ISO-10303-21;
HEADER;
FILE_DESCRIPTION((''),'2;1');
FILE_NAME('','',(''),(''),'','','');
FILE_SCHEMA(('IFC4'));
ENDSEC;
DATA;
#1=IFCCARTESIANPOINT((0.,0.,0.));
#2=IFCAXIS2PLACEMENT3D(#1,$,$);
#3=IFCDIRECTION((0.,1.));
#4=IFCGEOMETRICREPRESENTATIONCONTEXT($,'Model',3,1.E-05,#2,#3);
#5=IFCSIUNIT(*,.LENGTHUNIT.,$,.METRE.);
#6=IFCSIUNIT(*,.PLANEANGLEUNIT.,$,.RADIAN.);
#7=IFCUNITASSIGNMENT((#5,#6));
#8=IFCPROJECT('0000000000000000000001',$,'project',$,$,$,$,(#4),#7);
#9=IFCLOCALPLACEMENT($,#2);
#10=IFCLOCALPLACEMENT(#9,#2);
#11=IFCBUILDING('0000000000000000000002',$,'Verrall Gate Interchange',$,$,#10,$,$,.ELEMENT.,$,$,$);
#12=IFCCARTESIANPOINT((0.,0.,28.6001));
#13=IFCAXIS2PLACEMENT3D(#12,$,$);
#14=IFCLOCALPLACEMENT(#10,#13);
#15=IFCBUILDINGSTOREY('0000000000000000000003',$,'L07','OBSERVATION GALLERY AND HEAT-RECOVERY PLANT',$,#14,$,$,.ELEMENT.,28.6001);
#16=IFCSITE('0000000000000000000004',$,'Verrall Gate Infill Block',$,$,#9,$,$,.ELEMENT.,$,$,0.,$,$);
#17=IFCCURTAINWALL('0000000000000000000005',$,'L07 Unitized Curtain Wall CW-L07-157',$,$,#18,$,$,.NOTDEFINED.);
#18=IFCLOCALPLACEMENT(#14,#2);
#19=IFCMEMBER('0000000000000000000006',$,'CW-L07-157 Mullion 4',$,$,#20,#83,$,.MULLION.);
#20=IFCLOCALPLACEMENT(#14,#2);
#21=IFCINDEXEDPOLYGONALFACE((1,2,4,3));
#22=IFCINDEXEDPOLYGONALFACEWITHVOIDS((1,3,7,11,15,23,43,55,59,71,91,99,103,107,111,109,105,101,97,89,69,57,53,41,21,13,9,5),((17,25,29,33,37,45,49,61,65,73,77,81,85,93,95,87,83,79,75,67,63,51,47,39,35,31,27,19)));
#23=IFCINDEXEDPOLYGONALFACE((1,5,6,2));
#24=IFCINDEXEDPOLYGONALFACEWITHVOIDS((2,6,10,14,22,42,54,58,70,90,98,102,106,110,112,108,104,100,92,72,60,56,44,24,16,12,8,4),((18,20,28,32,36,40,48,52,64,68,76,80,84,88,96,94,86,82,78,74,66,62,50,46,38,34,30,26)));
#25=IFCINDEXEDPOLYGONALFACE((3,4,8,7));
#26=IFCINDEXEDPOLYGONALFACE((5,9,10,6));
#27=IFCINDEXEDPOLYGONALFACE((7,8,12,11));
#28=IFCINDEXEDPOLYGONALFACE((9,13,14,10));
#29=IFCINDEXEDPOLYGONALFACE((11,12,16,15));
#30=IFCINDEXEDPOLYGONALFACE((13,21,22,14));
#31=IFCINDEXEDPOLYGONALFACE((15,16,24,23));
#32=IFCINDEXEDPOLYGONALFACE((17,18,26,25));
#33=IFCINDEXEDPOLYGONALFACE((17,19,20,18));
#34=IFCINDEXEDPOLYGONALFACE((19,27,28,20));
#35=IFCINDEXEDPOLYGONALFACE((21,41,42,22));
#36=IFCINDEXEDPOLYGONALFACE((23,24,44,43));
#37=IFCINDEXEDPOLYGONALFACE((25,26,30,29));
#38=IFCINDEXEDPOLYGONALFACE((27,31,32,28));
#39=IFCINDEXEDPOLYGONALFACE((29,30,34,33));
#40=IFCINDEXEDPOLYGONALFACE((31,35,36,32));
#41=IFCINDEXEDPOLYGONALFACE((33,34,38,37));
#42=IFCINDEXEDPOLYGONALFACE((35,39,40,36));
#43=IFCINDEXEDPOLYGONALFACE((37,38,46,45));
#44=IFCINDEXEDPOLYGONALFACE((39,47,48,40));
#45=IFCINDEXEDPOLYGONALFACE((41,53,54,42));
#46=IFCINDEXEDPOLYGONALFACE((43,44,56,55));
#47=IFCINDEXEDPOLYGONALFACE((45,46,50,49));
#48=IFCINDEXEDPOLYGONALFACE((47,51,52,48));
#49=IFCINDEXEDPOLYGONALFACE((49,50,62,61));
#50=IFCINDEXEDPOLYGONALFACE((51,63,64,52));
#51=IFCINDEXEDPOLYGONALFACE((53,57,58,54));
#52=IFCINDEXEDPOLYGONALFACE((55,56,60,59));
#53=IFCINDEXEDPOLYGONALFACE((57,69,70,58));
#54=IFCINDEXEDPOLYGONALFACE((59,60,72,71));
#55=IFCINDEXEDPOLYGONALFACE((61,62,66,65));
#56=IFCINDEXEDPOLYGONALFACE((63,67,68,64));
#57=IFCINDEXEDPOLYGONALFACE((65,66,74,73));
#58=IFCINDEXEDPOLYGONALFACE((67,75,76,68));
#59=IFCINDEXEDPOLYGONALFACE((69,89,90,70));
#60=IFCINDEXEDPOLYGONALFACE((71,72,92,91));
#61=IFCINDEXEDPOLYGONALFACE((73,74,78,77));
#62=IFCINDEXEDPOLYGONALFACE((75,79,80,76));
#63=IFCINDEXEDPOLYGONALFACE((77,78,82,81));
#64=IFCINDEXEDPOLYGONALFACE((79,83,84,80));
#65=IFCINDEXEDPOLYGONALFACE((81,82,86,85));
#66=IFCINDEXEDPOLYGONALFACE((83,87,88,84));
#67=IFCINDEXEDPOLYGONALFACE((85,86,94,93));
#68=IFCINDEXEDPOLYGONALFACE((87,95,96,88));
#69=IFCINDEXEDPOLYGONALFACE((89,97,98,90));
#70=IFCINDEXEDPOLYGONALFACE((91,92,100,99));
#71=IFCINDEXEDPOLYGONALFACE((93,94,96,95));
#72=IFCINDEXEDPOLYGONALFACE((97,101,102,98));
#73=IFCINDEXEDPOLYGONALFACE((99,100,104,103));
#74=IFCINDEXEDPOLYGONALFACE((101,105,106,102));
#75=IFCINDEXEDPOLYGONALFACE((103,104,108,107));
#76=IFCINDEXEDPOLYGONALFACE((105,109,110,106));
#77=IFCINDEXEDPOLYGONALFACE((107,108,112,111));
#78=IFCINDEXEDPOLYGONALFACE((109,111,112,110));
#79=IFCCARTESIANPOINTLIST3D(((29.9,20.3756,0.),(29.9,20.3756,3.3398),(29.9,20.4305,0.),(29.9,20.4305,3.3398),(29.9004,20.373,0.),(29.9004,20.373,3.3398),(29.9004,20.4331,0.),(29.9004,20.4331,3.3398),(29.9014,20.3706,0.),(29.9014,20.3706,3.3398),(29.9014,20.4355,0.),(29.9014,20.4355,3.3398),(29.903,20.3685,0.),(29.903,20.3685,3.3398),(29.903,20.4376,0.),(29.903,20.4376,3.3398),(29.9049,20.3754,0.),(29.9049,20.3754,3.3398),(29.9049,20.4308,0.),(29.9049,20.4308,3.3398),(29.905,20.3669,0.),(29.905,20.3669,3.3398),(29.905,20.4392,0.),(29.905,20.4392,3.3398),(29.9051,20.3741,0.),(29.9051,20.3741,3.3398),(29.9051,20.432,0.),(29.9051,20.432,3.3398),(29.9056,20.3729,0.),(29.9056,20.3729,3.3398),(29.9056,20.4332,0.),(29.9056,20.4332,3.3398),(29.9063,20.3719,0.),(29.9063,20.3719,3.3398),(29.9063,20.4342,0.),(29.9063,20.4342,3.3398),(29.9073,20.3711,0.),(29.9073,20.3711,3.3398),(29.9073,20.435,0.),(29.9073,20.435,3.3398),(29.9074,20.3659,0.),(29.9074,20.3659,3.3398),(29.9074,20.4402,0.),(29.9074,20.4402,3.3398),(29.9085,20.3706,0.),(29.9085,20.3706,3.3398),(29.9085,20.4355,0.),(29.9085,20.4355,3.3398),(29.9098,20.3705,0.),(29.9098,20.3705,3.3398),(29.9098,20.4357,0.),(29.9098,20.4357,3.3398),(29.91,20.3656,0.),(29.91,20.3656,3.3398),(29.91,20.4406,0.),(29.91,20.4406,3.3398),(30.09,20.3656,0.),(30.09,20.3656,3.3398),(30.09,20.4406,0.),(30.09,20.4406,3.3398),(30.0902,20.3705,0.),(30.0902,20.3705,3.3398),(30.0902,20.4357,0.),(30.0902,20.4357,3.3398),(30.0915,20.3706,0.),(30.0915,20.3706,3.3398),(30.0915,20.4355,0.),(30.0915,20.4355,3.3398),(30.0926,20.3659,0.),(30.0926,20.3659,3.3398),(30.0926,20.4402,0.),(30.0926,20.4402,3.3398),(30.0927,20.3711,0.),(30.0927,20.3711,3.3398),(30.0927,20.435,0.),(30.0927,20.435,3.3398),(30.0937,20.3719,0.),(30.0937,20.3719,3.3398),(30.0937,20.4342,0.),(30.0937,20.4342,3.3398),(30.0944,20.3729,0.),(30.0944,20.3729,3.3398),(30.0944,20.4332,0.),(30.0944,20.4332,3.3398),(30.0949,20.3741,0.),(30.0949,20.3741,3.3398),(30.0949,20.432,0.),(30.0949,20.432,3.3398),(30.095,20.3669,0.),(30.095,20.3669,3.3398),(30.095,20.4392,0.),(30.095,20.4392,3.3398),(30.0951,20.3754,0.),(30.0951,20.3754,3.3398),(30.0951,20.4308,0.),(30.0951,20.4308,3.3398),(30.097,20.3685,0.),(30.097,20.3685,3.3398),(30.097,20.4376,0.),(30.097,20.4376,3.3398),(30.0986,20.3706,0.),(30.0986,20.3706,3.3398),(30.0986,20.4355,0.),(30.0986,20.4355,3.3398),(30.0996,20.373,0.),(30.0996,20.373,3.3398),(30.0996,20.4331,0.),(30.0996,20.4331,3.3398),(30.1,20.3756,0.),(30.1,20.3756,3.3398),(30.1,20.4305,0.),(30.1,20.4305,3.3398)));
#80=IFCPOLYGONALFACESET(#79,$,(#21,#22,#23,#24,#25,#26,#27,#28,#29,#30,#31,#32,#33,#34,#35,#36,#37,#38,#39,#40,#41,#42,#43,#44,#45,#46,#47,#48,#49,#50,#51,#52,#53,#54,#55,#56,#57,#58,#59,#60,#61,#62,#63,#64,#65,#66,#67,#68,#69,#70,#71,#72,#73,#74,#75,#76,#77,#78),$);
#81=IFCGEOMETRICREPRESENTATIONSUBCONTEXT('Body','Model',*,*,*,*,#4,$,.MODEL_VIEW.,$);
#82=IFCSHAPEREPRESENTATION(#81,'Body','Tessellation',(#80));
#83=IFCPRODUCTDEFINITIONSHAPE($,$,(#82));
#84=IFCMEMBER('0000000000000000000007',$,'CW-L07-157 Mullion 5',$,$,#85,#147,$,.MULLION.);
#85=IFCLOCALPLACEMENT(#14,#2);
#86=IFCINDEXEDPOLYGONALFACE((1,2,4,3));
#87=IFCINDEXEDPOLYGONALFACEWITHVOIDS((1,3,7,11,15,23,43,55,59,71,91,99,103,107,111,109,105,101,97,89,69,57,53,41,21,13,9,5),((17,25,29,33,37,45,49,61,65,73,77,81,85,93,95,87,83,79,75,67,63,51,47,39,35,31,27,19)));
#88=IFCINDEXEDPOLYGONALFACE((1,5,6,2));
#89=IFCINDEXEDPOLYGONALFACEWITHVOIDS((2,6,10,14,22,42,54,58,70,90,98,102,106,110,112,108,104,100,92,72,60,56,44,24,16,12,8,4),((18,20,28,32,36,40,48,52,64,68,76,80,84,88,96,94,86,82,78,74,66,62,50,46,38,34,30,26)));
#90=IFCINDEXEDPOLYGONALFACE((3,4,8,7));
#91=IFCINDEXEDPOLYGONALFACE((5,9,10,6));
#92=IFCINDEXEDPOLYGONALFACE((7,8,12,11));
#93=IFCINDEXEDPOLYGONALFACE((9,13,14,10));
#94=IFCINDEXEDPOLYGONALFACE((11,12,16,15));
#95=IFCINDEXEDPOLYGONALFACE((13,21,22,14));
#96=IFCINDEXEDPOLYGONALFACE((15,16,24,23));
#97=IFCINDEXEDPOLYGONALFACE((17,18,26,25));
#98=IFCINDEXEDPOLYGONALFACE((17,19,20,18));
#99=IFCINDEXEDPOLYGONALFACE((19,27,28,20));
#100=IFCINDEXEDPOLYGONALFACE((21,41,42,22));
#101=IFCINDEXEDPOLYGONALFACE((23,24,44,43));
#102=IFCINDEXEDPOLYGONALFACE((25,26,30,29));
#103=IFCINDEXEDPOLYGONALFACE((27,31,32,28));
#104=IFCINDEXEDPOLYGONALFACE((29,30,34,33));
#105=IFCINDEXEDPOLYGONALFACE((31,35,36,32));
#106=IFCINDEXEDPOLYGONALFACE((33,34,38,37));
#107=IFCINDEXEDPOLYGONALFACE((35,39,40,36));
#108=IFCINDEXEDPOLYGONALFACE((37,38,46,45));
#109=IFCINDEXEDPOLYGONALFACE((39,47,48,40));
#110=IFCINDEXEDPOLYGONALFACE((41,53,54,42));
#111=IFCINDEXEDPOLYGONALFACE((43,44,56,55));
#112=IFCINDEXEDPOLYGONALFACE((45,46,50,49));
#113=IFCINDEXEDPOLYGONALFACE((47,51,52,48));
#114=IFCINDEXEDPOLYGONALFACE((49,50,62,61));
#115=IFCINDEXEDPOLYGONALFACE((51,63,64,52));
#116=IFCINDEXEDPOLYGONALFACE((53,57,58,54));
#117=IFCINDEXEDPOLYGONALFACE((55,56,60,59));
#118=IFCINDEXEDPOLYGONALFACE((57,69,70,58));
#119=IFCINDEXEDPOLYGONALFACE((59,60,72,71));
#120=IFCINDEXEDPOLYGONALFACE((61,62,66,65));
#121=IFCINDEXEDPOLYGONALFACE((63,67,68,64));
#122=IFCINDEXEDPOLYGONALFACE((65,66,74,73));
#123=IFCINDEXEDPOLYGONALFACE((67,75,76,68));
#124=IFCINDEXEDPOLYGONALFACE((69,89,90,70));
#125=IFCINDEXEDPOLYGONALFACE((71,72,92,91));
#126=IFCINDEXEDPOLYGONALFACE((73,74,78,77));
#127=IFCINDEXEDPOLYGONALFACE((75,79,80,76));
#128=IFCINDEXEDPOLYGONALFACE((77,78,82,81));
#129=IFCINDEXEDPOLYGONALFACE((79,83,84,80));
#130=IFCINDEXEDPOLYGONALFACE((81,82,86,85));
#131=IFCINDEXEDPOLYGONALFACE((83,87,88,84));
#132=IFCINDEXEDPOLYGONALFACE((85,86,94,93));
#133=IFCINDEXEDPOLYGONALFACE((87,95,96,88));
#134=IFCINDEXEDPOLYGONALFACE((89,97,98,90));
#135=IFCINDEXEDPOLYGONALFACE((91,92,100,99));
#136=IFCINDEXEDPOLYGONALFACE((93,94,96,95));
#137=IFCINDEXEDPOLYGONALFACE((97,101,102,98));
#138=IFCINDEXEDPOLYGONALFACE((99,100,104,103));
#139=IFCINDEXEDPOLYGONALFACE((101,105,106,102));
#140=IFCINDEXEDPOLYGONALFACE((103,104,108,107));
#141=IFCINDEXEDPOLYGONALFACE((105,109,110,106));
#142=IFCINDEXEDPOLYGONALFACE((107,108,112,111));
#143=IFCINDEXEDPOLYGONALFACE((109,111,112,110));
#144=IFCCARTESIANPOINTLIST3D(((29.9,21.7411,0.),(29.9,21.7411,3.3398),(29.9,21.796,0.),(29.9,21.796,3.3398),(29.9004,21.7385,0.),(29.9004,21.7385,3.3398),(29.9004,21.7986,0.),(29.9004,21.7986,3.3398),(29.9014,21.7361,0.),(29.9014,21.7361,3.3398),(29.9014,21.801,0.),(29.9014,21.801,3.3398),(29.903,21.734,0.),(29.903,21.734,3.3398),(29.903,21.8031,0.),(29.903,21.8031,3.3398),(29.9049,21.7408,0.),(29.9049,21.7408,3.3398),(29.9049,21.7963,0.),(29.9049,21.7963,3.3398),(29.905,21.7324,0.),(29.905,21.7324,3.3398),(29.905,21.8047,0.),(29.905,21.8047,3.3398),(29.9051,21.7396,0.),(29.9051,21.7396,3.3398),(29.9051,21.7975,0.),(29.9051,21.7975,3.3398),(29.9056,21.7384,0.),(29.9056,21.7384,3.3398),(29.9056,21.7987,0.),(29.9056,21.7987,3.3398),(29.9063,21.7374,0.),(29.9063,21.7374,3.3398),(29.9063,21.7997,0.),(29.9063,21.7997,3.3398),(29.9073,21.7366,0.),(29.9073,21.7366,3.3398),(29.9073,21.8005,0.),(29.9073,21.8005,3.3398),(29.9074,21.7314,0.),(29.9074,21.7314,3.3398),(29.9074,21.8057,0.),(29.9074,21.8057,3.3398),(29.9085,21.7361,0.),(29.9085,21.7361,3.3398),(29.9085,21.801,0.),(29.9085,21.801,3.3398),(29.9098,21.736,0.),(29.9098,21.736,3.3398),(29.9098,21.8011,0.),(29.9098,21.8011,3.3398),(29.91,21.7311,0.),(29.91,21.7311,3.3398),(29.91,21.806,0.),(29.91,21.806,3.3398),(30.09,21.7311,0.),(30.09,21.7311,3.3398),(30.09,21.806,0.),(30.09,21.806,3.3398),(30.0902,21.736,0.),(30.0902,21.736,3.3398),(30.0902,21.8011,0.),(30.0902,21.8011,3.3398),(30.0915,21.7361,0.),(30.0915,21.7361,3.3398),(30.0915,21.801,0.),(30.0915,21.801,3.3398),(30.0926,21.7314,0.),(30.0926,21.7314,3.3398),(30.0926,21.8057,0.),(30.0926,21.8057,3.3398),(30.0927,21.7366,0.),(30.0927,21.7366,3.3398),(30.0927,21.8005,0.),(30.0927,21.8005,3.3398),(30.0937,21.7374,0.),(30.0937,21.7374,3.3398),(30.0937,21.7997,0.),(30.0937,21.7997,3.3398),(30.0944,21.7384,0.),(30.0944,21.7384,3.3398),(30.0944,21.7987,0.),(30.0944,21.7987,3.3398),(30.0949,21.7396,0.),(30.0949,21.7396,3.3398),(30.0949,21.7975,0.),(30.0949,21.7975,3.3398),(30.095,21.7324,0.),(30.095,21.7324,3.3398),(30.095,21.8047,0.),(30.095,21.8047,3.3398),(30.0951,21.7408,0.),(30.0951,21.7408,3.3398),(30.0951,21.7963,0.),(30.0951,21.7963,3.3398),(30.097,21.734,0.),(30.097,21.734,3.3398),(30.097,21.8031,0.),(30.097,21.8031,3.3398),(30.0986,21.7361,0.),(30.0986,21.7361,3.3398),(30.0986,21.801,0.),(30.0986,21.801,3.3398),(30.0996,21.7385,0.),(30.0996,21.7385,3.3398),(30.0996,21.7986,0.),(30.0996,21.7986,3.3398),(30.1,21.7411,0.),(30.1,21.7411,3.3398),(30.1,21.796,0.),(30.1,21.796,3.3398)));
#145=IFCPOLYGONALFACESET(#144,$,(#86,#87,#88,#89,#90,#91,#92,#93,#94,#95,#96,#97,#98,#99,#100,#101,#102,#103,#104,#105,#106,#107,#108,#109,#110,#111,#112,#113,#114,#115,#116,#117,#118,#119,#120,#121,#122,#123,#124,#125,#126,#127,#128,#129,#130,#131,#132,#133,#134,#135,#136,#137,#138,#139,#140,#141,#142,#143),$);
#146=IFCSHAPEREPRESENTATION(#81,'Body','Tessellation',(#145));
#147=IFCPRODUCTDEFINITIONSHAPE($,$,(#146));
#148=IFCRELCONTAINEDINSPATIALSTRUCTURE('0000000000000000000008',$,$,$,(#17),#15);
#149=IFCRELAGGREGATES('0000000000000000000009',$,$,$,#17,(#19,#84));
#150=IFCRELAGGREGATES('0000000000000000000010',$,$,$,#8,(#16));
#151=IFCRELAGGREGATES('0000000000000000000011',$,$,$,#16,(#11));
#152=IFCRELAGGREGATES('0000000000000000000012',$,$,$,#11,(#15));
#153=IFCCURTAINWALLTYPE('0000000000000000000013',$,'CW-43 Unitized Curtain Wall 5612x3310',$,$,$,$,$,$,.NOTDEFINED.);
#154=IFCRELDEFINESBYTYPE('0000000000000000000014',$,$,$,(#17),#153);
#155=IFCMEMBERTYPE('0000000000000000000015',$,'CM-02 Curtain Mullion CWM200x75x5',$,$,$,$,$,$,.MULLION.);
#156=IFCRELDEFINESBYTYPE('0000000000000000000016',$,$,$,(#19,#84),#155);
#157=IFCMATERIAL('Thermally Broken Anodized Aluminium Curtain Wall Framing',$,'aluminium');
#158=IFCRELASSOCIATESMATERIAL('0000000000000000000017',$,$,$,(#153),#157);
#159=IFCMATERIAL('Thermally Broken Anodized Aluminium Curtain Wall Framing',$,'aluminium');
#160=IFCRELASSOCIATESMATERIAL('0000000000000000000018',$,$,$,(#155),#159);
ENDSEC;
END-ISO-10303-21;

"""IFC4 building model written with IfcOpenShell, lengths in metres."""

from ifc_helpers import new_model, si_unit, direction, frame, origin, origin_2d, place, context, subcontext, project, spatial, hollow_rectangle, extrude, material, material_profile, profile_set, type_object, element, aggregate, save


model = new_model("IFC4")

# Units and contexts
model_context = context("Model", 3, precision=1e-05, world=origin(), true_north=direction((0.0, 1.0)))
body_context = subcontext(model_context, "Body", "Model", "MODEL_VIEW")
ifc_project = project(units=[si_unit("LENGTHUNIT", "METRE"), si_unit("PLANEANGLEUNIT", "RADIAN")], contexts=[model_context])

# Site, building, storey
site_placement = place(None, origin())
site = spatial("IfcSite", under=ifc_project, at=site_placement, Name="Verrall Gate Infill Block", CompositionType="ELEMENT", RefElevation=0.0)
building_placement = place(site_placement, origin())
building = spatial("IfcBuilding", under=site, at=building_placement, Name="Verrall Gate Interchange", CompositionType="ELEMENT")
storey_placement = place(building_placement, frame((0.0, 0.0, 28.6001)))
storey = spatial("IfcBuildingStorey", under=building, at=storey_placement, Name="L07", Description="OBSERVATION GALLERY AND HEAT-RECOVERY PLANT", CompositionType="ELEMENT", Elevation=28.6001)

# Curtain wall, members
ifc_material_1 = material(Name="Thermally Broken Anodized Aluminium Curtain Wall Framing", Category="aluminium")
curtain_wall_type = type_object("IfcCurtainWallType", Name="CW-43 Unitized Curtain Wall 5612x3310", PredefinedType="NOTDEFINED", material=ifc_material_1)
curtain_wall_1_placement = place(storey_placement, origin())
curtain_wall_1 = element("IfcCurtainWall", 1, at=curtain_wall_1_placement, inside=storey, type_object=curtain_wall_type, Name="L07 Unitized Curtain Wall CW-L07-157", PredefinedType="NOTDEFINED")
ifc_material_2 = material(Name="Thermally Broken Anodized Aluminium Curtain Wall Framing", Category="aluminium")
ifc_material_profile_1 = material_profile(ifc_material_2, hollow_rectangle(XDim=0.075, YDim=0.2, WallThickness=0.0049, InnerFilletRadius=0.0049, OuterFilletRadius=0.01, at=origin_2d()), Name="CWM200x75x5")
ifc_profile_set_1 = profile_set([ifc_material_profile_1], Name="Thermally Broken Anodized Aluminium Curtain Wall Framing")
member_type_1 = type_object("IfcMemberType", Name="CM-02 Curtain Mullion CWM200x75x5", PredefinedType="MULLION", material=ifc_profile_set_1)
member_1_placement = place(storey_placement, frame((30.0, 20.4031, 0.0), z_axis=(0.0, 0.0, 1.0), x_axis=(0.0, 1.0, 0.0)))
member_1 = element("IfcMember", 2, at=member_1_placement, type_object=member_type_1, Name="CW-L07-157 Mullion 4", PredefinedType="MULLION", context=body_context, shape_type="SweptSolid", body=[
    extrude(hollow_rectangle(XDim=0.075, YDim=0.2, WallThickness=0.0049, InnerFilletRadius=0.0049, OuterFilletRadius=0.01, at=origin_2d()), origin(), (0.0, 0.0, 1.0), 3.3398),
])
member_2_placement = place(storey_placement, frame((30.0, 21.7686, 0.0), z_axis=(0.0, 0.0, 1.0), x_axis=(0.0, 1.0, 0.0)))
member_2 = element("IfcMember", 3, at=member_2_placement, type_object=member_type_1, Name="CW-L07-157 Mullion 5", PredefinedType="MULLION", context=body_context, shape_type="SweptSolid", body=[
    extrude(hollow_rectangle(XDim=0.075, YDim=0.2, WallThickness=0.0049, InnerFilletRadius=0.0049, OuterFilletRadius=0.01, at=origin_2d()), origin(), (0.0, 0.0, 1.0), 3.3398),
])

aggregate(curtain_wall_1, [member_1, member_2])

save(model, "model.ifc")
